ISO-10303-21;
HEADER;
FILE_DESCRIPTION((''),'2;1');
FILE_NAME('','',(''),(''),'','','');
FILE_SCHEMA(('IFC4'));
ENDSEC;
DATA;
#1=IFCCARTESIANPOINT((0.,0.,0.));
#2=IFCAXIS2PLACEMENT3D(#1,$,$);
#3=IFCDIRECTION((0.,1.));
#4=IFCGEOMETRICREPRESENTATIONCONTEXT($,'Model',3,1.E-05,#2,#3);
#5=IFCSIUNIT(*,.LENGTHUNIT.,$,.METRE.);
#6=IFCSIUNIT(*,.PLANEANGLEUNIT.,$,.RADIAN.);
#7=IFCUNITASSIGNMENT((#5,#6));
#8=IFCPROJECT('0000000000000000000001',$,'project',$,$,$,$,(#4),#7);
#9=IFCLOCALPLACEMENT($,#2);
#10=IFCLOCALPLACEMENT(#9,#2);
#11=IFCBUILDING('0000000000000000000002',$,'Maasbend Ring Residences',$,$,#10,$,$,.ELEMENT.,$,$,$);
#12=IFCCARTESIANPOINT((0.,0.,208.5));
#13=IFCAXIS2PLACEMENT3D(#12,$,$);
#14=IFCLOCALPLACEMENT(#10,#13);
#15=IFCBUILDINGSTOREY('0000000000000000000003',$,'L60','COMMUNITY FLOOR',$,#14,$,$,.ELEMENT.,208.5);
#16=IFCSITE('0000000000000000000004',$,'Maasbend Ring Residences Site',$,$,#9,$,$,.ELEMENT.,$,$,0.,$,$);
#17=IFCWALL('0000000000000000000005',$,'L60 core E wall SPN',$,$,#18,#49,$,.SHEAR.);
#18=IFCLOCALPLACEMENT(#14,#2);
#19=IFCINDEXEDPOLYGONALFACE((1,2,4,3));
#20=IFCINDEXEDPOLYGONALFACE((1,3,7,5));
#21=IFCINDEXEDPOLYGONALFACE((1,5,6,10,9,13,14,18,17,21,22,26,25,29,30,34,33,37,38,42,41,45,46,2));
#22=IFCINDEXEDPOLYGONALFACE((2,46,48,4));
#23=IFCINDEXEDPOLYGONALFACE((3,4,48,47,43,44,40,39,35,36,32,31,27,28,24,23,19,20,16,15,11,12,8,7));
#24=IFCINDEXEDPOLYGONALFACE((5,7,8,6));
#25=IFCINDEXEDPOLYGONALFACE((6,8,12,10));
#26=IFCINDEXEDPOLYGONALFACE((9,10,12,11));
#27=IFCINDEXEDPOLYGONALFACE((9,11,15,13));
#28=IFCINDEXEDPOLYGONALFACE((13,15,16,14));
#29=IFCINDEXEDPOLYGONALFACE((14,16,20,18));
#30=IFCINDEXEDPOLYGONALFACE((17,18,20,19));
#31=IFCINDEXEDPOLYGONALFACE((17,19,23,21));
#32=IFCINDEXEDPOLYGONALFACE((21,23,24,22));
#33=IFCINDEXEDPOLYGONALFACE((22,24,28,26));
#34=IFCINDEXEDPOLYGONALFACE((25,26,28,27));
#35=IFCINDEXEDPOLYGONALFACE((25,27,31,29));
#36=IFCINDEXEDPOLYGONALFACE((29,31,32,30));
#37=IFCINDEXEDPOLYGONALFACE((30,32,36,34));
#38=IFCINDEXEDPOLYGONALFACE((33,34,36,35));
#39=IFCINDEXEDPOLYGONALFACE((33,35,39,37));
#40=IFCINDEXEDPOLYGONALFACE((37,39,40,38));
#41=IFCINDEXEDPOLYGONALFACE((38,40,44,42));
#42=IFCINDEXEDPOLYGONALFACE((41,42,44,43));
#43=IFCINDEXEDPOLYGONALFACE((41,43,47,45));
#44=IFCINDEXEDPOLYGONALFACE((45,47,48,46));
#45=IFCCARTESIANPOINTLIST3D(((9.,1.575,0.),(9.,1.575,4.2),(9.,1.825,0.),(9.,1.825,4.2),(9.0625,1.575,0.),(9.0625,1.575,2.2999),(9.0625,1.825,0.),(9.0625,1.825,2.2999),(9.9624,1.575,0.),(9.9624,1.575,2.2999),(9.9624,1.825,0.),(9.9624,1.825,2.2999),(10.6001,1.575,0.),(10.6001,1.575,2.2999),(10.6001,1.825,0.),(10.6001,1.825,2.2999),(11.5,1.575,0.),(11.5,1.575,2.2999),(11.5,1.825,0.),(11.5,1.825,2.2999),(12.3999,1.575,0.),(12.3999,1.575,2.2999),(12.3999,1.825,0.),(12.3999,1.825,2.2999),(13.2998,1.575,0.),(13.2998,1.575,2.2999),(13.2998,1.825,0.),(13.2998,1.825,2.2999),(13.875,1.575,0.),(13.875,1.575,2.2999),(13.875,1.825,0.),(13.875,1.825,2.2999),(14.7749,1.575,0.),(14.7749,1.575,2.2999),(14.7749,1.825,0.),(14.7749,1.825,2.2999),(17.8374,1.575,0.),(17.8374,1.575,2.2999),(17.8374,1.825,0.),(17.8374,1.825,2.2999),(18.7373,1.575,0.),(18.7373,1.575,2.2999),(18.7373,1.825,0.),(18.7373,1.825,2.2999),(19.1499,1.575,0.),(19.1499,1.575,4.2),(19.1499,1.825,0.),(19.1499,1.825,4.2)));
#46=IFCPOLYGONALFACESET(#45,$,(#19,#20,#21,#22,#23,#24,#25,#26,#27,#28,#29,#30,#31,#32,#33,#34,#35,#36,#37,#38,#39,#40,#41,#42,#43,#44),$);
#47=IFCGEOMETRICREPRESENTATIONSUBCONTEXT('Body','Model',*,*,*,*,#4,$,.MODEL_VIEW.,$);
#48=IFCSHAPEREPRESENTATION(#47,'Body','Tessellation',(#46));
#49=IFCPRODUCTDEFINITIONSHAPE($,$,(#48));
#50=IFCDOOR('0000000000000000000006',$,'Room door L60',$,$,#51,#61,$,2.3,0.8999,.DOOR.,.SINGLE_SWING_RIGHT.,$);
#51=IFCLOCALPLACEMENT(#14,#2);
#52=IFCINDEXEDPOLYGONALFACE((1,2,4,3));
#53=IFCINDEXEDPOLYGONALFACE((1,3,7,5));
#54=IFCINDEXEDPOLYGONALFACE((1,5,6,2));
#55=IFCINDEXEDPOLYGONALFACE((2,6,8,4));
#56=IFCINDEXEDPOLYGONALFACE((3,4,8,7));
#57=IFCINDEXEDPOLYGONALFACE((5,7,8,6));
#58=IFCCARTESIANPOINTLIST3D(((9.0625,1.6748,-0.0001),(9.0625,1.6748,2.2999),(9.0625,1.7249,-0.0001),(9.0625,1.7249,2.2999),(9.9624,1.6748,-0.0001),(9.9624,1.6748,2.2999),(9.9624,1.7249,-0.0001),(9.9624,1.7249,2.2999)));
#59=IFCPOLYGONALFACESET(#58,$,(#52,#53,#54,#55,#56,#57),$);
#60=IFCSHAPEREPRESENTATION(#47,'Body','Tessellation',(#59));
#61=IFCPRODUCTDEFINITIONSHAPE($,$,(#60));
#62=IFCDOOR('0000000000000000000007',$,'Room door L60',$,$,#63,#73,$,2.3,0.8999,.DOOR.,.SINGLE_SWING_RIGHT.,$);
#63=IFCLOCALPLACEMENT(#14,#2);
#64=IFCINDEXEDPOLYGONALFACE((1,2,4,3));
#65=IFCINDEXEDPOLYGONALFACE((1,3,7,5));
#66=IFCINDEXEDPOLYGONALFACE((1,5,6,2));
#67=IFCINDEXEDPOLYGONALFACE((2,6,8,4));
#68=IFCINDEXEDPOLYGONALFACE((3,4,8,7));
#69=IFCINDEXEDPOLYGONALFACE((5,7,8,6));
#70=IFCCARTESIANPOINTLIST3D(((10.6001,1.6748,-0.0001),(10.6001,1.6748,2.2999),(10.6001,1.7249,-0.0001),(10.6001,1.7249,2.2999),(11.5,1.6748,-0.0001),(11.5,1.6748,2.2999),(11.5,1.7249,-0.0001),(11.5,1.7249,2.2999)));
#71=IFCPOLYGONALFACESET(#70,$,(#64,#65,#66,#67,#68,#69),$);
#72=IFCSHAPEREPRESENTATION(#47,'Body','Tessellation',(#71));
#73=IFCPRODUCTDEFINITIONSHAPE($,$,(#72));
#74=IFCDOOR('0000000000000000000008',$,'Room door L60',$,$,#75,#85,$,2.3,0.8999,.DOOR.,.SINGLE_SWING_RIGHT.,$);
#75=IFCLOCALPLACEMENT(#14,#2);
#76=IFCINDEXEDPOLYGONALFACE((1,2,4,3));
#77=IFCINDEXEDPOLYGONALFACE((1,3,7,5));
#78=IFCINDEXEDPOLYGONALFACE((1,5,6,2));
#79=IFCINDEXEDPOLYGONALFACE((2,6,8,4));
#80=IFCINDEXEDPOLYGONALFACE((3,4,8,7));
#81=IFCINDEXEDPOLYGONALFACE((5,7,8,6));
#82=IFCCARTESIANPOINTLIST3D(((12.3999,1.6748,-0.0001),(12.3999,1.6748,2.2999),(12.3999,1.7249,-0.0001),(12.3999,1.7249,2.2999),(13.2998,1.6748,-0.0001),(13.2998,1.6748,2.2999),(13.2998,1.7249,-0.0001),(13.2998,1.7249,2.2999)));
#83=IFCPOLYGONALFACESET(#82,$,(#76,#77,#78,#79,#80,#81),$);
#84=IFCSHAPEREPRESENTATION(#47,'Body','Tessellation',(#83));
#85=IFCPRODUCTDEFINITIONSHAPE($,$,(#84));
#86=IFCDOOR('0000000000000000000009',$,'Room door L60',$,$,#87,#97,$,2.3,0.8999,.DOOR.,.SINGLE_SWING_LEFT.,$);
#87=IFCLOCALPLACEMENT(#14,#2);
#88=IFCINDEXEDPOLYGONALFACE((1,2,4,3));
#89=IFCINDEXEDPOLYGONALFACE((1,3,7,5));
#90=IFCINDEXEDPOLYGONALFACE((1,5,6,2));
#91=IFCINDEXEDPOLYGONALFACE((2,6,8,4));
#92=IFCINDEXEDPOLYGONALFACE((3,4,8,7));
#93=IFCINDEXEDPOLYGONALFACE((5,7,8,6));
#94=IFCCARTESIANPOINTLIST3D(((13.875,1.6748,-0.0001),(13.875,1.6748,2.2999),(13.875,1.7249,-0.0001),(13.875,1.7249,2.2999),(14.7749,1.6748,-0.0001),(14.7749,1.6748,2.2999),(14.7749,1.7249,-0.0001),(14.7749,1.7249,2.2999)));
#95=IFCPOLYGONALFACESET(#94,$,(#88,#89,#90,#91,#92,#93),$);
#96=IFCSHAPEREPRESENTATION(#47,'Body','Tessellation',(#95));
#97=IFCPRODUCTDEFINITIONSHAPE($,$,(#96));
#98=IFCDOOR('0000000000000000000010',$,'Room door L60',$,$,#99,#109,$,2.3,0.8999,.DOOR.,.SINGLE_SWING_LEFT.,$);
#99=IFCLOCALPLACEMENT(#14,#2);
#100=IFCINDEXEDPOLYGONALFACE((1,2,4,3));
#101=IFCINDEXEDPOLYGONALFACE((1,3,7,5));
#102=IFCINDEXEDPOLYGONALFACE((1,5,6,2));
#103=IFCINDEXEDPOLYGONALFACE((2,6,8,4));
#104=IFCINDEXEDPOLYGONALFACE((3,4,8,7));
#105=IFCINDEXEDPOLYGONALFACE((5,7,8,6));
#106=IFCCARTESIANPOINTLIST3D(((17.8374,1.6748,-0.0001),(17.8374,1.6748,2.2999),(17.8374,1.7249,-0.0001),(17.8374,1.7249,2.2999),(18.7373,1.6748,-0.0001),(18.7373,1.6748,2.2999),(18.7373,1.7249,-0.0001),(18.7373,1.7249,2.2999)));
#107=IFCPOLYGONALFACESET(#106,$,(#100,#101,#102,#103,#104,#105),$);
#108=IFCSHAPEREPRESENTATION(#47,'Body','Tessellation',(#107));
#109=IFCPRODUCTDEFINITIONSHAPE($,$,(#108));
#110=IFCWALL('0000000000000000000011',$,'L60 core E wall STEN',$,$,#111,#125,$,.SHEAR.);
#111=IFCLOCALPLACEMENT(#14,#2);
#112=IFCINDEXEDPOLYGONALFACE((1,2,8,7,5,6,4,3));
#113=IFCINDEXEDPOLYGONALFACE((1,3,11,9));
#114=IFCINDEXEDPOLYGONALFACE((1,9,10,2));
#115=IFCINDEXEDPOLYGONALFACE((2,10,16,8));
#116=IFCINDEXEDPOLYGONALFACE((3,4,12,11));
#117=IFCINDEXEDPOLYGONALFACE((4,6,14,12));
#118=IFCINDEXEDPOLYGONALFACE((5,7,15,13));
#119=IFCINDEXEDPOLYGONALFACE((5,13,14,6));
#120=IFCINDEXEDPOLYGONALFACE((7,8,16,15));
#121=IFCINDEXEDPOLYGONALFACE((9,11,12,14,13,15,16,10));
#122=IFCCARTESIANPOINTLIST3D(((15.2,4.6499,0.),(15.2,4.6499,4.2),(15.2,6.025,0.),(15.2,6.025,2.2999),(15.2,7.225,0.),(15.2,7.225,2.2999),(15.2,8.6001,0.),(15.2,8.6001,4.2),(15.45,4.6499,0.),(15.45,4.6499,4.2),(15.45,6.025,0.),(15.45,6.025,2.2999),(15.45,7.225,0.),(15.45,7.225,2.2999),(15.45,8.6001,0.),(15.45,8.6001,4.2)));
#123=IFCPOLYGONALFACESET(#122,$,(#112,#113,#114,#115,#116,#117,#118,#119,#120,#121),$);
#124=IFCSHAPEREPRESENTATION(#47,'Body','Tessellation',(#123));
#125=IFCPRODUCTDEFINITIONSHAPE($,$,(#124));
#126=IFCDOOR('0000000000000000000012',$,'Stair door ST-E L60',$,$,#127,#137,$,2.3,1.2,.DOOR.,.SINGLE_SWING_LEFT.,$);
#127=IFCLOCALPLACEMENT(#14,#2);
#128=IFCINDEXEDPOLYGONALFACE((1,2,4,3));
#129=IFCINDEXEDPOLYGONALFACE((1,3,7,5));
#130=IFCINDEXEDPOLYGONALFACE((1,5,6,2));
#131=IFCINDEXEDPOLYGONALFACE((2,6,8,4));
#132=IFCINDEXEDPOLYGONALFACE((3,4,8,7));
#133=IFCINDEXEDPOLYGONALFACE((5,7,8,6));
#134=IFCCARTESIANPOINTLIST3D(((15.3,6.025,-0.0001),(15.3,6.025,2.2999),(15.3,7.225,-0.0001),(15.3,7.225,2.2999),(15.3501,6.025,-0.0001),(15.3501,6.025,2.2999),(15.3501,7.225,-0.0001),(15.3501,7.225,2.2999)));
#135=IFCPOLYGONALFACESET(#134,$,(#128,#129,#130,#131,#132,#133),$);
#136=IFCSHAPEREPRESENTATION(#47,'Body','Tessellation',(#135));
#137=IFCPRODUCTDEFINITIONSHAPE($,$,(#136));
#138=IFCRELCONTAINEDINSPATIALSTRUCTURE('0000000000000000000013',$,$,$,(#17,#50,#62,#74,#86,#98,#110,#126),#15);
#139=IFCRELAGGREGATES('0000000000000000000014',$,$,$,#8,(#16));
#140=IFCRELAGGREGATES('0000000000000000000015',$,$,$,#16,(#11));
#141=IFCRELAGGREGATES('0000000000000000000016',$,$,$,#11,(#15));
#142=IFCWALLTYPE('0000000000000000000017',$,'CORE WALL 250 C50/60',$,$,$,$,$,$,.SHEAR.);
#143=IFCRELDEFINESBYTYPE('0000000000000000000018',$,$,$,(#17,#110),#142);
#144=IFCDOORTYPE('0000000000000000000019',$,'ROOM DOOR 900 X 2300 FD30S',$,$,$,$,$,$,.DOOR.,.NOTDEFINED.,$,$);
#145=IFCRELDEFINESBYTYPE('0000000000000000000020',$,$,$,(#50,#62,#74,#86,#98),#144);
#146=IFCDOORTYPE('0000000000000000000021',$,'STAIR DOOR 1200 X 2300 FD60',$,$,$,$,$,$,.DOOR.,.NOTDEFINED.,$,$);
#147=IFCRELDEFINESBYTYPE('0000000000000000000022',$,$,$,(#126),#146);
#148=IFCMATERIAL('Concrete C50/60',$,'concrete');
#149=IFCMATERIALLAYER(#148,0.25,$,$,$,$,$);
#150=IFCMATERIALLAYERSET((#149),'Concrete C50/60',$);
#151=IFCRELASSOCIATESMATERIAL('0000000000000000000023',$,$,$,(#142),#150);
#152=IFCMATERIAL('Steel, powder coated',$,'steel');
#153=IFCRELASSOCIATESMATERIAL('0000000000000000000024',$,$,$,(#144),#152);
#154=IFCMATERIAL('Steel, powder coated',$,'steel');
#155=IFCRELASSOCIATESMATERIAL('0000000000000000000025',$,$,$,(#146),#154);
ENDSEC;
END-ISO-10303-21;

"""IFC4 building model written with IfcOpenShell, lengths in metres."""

from ifc_helpers import new_model, si_unit, direction, frame, frame_2d, origin, place, context, subcontext, project, spatial, rectangle, extrude, material, layer, layer_set, type_object, element, fill, save


model = new_model("IFC4")

# Units and contexts
model_context = context("Model", 3, precision=1e-05, world=origin(), true_north=direction((0.0, 1.0)))
body_context = subcontext(model_context, "Body", "Model", "MODEL_VIEW")
ifc_project = project(units=[si_unit("LENGTHUNIT", "METRE"), si_unit("PLANEANGLEUNIT", "RADIAN")], contexts=[model_context])

# Site, building, storey
site_placement = place(None, origin())
site = spatial("IfcSite", under=ifc_project, at=site_placement, Name="Maasbend Ring Residences Site", CompositionType="ELEMENT", RefElevation=0.0)
building_placement = place(site_placement, origin())
building = spatial("IfcBuilding", under=site, at=building_placement, Name="Maasbend Ring Residences", CompositionType="ELEMENT")
storey_placement = place(building_placement, frame((0.0, 0.0, 208.5)))
storey = spatial("IfcBuildingStorey", under=building, at=storey_placement, Name="L60", Description="COMMUNITY FLOOR", CompositionType="ELEMENT", Elevation=208.5)

# Wall, openings, doors
ifc_material_1 = material(Name="Concrete C50/60", Category="concrete")
ifc_layer_1 = layer(ifc_material_1, 0.25)
ifc_layer_set_1 = layer_set([ifc_layer_1], Name="Concrete C50/60")
wall_type_1 = type_object("IfcWallType", Name="CORE WALL 250 C50/60", PredefinedType="SHEAR", material=ifc_layer_set_1)
wall_1_placement = place(storey_placement, frame((9.0, 1.7, 0.0), z_axis=(0.0, 0.0, 1.0), x_axis=(1.0, 0.0, 0.0)))
wall_1 = element("IfcWall", 1, at=wall_1_placement, inside=storey, type_object=wall_type_1, Name="L60 core E wall SPN", PredefinedType="SHEAR", context=body_context, shape_type="SweptSolid", body=[
    extrude(rectangle(XDim=10.1499, YDim=0.25, at=frame_2d((5.075, 0.0))), origin(), (0.0, 0.0, 1.0), 4.2),
])
opening_1_placement = place(wall_1_placement, frame((0.0625, 0.0, 0.0)))
opening_1 = element("IfcOpeningElement", 2, at=opening_1_placement, cuts=wall_1, PredefinedType="OPENING", context=body_context, shape_type="SweptSolid", body=[
    extrude(rectangle(XDim=0.8999, YDim=2.3, at=frame_2d((0.45, 1.1499))), frame((0.0, 0.135, 0.0), z_axis=(0.0, -1.0, 0.0), x_axis=(1.0, 0.0, 0.0)), (0.0, 0.0, 1.0), 0.27),
])
opening_2_placement = place(wall_1_placement, frame((1.6001, 0.0, 0.0)))
opening_2 = element("IfcOpeningElement", 3, at=opening_2_placement, cuts=wall_1, PredefinedType="OPENING", context=body_context, shape_type="SweptSolid", body=[
    extrude(rectangle(XDim=0.8999, YDim=2.3, at=frame_2d((0.45, 1.1499))), frame((0.0, 0.135, 0.0), z_axis=(0.0, -1.0, 0.0), x_axis=(1.0, 0.0, 0.0)), (0.0, 0.0, 1.0), 0.27),
])
opening_3_placement = place(wall_1_placement, frame((3.3999, 0.0, 0.0)))
opening_3 = element("IfcOpeningElement", 4, at=opening_3_placement, cuts=wall_1, PredefinedType="OPENING", context=body_context, shape_type="SweptSolid", body=[
    extrude(rectangle(XDim=0.8999, YDim=2.3, at=frame_2d((0.45, 1.1499))), frame((0.0, 0.135, 0.0), z_axis=(0.0, -1.0, 0.0), x_axis=(1.0, 0.0, 0.0)), (0.0, 0.0, 1.0), 0.27),
])
opening_4_placement = place(wall_1_placement, frame((4.875, 0.0, 0.0)))
opening_4 = element("IfcOpeningElement", 5, at=opening_4_placement, cuts=wall_1, PredefinedType="OPENING", context=body_context, shape_type="SweptSolid", body=[
    extrude(rectangle(XDim=0.8999, YDim=2.3, at=frame_2d((0.45, 1.1499))), frame((0.0, 0.135, 0.0), z_axis=(0.0, -1.0, 0.0), x_axis=(1.0, 0.0, 0.0)), (0.0, 0.0, 1.0), 0.27),
])
opening_5_placement = place(wall_1_placement, frame((8.8374, 0.0, 0.0)))
opening_5 = element("IfcOpeningElement", 6, at=opening_5_placement, cuts=wall_1, PredefinedType="OPENING", context=body_context, shape_type="SweptSolid", body=[
    extrude(rectangle(XDim=0.8999, YDim=2.3, at=frame_2d((0.45, 1.1499))), frame((0.0, 0.135, 0.0), z_axis=(0.0, -1.0, 0.0), x_axis=(1.0, 0.0, 0.0)), (0.0, 0.0, 1.0), 0.27),
])
ifc_material_2 = material(Name="Steel, powder coated", Category="steel")
door_type_1 = type_object("IfcDoorType", Name="ROOM DOOR 900 X 2300 FD30S", OperationType="NOTDEFINED", PredefinedType="DOOR", material=ifc_material_2)
door_1_placement = place(opening_1_placement, origin())
door_1 = element("IfcDoor", 7, at=door_1_placement, inside=storey, type_object=door_type_1, Name="Room door L60", OperationType="SINGLE_SWING_RIGHT", OverallHeight=2.3, OverallWidth=0.8999, PredefinedType="DOOR", context=body_context, shape_type="SweptSolid", body=[
    extrude(rectangle(XDim=0.8999, YDim=2.3, at=frame_2d((0.45, 1.1499))), frame((0.0, 0.0249, 0.0), z_axis=(0.0, -1.0, 0.0), x_axis=(1.0, 0.0, 0.0)), (0.0, 0.0, 1.0), 0.05),
])
fill(opening_1, door_1)
door_2_placement = place(opening_2_placement, origin())
door_2 = element("IfcDoor", 8, at=door_2_placement, inside=storey, type_object=door_type_1, Name="Room door L60", OperationType="SINGLE_SWING_RIGHT", OverallHeight=2.3, OverallWidth=0.8999, PredefinedType="DOOR", context=body_context, shape_type="SweptSolid", body=[
    extrude(rectangle(XDim=0.8999, YDim=2.3, at=frame_2d((0.45, 1.1499))), frame((0.0, 0.0249, 0.0), z_axis=(0.0, -1.0, 0.0), x_axis=(1.0, 0.0, 0.0)), (0.0, 0.0, 1.0), 0.05),
])
fill(opening_2, door_2)
door_3_placement = place(opening_3_placement, origin())
door_3 = element("IfcDoor", 9, at=door_3_placement, inside=storey, type_object=door_type_1, Name="Room door L60", OperationType="SINGLE_SWING_RIGHT", OverallHeight=2.3, OverallWidth=0.8999, PredefinedType="DOOR", context=body_context, shape_type="SweptSolid", body=[
    extrude(rectangle(XDim=0.8999, YDim=2.3, at=frame_2d((0.45, 1.1499))), frame((0.0, 0.0249, 0.0), z_axis=(0.0, -1.0, 0.0), x_axis=(1.0, 0.0, 0.0)), (0.0, 0.0, 1.0), 0.05),
])
fill(opening_3, door_3)
door_4_placement = place(opening_4_placement, origin())
door_4 = element("IfcDoor", 10, at=door_4_placement, inside=storey, type_object=door_type_1, Name="Room door L60", OperationType="SINGLE_SWING_LEFT", OverallHeight=2.3, OverallWidth=0.8999, PredefinedType="DOOR", context=body_context, shape_type="SweptSolid", body=[
    extrude(rectangle(XDim=0.8999, YDim=2.3, at=frame_2d((0.45, 1.1499))), frame((0.0, 0.0249, 0.0), z_axis=(0.0, -1.0, 0.0), x_axis=(1.0, 0.0, 0.0)), (0.0, 0.0, 1.0), 0.05),
])
fill(opening_4, door_4)
door_5_placement = place(opening_5_placement, origin())
door_5 = element("IfcDoor", 11, at=door_5_placement, inside=storey, type_object=door_type_1, Name="Room door L60", OperationType="SINGLE_SWING_LEFT", OverallHeight=2.3, OverallWidth=0.8999, PredefinedType="DOOR", context=body_context, shape_type="SweptSolid", body=[
    extrude(rectangle(XDim=0.8999, YDim=2.3, at=frame_2d((0.45, 1.1499))), frame((0.0, 0.0249, 0.0), z_axis=(0.0, -1.0, 0.0), x_axis=(1.0, 0.0, 0.0)), (0.0, 0.0, 1.0), 0.05),
])
fill(opening_5, door_5)

# Wall, opening, door
wall_2_placement = place(storey_placement, frame((15.325, 4.6499, 0.0), z_axis=(0.0, 0.0, 1.0), x_axis=(0.0, 1.0, 0.0)))
wall_2 = element("IfcWall", 12, at=wall_2_placement, inside=storey, type_object=wall_type_1, Name="L60 core E wall STEN", PredefinedType="SHEAR", context=body_context, shape_type="SweptSolid", body=[
    extrude(rectangle(XDim=3.9502, YDim=0.25, at=frame_2d((1.9751, 0.0))), origin(), (0.0, 0.0, 1.0), 4.2),
])
opening_6_placement = place(wall_2_placement, frame((1.375, 0.0, 0.0)))
opening_6 = element("IfcOpeningElement", 13, at=opening_6_placement, cuts=wall_2, PredefinedType="OPENING", context=body_context, shape_type="SweptSolid", body=[
    extrude(rectangle(XDim=1.2, YDim=2.3, at=frame_2d((0.6001, 1.1499))), frame((0.0, 0.135, 0.0), z_axis=(0.0, -1.0, 0.0), x_axis=(1.0, 0.0, 0.0)), (0.0, 0.0, 1.0), 0.27),
])
ifc_material_3 = material(Name="Steel, powder coated", Category="steel")
door_type_2 = type_object("IfcDoorType", Name="STAIR DOOR 1200 X 2300 FD60", OperationType="NOTDEFINED", PredefinedType="DOOR", material=ifc_material_3)
door_6_placement = place(opening_6_placement, origin())
door_6 = element("IfcDoor", 14, at=door_6_placement, inside=storey, type_object=door_type_2, Name="Stair door ST-E L60", OperationType="SINGLE_SWING_LEFT", OverallHeight=2.3, OverallWidth=1.2, PredefinedType="DOOR", context=body_context, shape_type="SweptSolid", body=[
    extrude(rectangle(XDim=1.2, YDim=2.3, at=frame_2d((0.6001, 1.1499))), frame((0.0, 0.0249, 0.0), z_axis=(0.0, -1.0, 0.0), x_axis=(1.0, 0.0, 0.0)), (0.0, 0.0, 1.0), 0.05),
])
fill(opening_6, door_6)

save(model, "model.ifc")
